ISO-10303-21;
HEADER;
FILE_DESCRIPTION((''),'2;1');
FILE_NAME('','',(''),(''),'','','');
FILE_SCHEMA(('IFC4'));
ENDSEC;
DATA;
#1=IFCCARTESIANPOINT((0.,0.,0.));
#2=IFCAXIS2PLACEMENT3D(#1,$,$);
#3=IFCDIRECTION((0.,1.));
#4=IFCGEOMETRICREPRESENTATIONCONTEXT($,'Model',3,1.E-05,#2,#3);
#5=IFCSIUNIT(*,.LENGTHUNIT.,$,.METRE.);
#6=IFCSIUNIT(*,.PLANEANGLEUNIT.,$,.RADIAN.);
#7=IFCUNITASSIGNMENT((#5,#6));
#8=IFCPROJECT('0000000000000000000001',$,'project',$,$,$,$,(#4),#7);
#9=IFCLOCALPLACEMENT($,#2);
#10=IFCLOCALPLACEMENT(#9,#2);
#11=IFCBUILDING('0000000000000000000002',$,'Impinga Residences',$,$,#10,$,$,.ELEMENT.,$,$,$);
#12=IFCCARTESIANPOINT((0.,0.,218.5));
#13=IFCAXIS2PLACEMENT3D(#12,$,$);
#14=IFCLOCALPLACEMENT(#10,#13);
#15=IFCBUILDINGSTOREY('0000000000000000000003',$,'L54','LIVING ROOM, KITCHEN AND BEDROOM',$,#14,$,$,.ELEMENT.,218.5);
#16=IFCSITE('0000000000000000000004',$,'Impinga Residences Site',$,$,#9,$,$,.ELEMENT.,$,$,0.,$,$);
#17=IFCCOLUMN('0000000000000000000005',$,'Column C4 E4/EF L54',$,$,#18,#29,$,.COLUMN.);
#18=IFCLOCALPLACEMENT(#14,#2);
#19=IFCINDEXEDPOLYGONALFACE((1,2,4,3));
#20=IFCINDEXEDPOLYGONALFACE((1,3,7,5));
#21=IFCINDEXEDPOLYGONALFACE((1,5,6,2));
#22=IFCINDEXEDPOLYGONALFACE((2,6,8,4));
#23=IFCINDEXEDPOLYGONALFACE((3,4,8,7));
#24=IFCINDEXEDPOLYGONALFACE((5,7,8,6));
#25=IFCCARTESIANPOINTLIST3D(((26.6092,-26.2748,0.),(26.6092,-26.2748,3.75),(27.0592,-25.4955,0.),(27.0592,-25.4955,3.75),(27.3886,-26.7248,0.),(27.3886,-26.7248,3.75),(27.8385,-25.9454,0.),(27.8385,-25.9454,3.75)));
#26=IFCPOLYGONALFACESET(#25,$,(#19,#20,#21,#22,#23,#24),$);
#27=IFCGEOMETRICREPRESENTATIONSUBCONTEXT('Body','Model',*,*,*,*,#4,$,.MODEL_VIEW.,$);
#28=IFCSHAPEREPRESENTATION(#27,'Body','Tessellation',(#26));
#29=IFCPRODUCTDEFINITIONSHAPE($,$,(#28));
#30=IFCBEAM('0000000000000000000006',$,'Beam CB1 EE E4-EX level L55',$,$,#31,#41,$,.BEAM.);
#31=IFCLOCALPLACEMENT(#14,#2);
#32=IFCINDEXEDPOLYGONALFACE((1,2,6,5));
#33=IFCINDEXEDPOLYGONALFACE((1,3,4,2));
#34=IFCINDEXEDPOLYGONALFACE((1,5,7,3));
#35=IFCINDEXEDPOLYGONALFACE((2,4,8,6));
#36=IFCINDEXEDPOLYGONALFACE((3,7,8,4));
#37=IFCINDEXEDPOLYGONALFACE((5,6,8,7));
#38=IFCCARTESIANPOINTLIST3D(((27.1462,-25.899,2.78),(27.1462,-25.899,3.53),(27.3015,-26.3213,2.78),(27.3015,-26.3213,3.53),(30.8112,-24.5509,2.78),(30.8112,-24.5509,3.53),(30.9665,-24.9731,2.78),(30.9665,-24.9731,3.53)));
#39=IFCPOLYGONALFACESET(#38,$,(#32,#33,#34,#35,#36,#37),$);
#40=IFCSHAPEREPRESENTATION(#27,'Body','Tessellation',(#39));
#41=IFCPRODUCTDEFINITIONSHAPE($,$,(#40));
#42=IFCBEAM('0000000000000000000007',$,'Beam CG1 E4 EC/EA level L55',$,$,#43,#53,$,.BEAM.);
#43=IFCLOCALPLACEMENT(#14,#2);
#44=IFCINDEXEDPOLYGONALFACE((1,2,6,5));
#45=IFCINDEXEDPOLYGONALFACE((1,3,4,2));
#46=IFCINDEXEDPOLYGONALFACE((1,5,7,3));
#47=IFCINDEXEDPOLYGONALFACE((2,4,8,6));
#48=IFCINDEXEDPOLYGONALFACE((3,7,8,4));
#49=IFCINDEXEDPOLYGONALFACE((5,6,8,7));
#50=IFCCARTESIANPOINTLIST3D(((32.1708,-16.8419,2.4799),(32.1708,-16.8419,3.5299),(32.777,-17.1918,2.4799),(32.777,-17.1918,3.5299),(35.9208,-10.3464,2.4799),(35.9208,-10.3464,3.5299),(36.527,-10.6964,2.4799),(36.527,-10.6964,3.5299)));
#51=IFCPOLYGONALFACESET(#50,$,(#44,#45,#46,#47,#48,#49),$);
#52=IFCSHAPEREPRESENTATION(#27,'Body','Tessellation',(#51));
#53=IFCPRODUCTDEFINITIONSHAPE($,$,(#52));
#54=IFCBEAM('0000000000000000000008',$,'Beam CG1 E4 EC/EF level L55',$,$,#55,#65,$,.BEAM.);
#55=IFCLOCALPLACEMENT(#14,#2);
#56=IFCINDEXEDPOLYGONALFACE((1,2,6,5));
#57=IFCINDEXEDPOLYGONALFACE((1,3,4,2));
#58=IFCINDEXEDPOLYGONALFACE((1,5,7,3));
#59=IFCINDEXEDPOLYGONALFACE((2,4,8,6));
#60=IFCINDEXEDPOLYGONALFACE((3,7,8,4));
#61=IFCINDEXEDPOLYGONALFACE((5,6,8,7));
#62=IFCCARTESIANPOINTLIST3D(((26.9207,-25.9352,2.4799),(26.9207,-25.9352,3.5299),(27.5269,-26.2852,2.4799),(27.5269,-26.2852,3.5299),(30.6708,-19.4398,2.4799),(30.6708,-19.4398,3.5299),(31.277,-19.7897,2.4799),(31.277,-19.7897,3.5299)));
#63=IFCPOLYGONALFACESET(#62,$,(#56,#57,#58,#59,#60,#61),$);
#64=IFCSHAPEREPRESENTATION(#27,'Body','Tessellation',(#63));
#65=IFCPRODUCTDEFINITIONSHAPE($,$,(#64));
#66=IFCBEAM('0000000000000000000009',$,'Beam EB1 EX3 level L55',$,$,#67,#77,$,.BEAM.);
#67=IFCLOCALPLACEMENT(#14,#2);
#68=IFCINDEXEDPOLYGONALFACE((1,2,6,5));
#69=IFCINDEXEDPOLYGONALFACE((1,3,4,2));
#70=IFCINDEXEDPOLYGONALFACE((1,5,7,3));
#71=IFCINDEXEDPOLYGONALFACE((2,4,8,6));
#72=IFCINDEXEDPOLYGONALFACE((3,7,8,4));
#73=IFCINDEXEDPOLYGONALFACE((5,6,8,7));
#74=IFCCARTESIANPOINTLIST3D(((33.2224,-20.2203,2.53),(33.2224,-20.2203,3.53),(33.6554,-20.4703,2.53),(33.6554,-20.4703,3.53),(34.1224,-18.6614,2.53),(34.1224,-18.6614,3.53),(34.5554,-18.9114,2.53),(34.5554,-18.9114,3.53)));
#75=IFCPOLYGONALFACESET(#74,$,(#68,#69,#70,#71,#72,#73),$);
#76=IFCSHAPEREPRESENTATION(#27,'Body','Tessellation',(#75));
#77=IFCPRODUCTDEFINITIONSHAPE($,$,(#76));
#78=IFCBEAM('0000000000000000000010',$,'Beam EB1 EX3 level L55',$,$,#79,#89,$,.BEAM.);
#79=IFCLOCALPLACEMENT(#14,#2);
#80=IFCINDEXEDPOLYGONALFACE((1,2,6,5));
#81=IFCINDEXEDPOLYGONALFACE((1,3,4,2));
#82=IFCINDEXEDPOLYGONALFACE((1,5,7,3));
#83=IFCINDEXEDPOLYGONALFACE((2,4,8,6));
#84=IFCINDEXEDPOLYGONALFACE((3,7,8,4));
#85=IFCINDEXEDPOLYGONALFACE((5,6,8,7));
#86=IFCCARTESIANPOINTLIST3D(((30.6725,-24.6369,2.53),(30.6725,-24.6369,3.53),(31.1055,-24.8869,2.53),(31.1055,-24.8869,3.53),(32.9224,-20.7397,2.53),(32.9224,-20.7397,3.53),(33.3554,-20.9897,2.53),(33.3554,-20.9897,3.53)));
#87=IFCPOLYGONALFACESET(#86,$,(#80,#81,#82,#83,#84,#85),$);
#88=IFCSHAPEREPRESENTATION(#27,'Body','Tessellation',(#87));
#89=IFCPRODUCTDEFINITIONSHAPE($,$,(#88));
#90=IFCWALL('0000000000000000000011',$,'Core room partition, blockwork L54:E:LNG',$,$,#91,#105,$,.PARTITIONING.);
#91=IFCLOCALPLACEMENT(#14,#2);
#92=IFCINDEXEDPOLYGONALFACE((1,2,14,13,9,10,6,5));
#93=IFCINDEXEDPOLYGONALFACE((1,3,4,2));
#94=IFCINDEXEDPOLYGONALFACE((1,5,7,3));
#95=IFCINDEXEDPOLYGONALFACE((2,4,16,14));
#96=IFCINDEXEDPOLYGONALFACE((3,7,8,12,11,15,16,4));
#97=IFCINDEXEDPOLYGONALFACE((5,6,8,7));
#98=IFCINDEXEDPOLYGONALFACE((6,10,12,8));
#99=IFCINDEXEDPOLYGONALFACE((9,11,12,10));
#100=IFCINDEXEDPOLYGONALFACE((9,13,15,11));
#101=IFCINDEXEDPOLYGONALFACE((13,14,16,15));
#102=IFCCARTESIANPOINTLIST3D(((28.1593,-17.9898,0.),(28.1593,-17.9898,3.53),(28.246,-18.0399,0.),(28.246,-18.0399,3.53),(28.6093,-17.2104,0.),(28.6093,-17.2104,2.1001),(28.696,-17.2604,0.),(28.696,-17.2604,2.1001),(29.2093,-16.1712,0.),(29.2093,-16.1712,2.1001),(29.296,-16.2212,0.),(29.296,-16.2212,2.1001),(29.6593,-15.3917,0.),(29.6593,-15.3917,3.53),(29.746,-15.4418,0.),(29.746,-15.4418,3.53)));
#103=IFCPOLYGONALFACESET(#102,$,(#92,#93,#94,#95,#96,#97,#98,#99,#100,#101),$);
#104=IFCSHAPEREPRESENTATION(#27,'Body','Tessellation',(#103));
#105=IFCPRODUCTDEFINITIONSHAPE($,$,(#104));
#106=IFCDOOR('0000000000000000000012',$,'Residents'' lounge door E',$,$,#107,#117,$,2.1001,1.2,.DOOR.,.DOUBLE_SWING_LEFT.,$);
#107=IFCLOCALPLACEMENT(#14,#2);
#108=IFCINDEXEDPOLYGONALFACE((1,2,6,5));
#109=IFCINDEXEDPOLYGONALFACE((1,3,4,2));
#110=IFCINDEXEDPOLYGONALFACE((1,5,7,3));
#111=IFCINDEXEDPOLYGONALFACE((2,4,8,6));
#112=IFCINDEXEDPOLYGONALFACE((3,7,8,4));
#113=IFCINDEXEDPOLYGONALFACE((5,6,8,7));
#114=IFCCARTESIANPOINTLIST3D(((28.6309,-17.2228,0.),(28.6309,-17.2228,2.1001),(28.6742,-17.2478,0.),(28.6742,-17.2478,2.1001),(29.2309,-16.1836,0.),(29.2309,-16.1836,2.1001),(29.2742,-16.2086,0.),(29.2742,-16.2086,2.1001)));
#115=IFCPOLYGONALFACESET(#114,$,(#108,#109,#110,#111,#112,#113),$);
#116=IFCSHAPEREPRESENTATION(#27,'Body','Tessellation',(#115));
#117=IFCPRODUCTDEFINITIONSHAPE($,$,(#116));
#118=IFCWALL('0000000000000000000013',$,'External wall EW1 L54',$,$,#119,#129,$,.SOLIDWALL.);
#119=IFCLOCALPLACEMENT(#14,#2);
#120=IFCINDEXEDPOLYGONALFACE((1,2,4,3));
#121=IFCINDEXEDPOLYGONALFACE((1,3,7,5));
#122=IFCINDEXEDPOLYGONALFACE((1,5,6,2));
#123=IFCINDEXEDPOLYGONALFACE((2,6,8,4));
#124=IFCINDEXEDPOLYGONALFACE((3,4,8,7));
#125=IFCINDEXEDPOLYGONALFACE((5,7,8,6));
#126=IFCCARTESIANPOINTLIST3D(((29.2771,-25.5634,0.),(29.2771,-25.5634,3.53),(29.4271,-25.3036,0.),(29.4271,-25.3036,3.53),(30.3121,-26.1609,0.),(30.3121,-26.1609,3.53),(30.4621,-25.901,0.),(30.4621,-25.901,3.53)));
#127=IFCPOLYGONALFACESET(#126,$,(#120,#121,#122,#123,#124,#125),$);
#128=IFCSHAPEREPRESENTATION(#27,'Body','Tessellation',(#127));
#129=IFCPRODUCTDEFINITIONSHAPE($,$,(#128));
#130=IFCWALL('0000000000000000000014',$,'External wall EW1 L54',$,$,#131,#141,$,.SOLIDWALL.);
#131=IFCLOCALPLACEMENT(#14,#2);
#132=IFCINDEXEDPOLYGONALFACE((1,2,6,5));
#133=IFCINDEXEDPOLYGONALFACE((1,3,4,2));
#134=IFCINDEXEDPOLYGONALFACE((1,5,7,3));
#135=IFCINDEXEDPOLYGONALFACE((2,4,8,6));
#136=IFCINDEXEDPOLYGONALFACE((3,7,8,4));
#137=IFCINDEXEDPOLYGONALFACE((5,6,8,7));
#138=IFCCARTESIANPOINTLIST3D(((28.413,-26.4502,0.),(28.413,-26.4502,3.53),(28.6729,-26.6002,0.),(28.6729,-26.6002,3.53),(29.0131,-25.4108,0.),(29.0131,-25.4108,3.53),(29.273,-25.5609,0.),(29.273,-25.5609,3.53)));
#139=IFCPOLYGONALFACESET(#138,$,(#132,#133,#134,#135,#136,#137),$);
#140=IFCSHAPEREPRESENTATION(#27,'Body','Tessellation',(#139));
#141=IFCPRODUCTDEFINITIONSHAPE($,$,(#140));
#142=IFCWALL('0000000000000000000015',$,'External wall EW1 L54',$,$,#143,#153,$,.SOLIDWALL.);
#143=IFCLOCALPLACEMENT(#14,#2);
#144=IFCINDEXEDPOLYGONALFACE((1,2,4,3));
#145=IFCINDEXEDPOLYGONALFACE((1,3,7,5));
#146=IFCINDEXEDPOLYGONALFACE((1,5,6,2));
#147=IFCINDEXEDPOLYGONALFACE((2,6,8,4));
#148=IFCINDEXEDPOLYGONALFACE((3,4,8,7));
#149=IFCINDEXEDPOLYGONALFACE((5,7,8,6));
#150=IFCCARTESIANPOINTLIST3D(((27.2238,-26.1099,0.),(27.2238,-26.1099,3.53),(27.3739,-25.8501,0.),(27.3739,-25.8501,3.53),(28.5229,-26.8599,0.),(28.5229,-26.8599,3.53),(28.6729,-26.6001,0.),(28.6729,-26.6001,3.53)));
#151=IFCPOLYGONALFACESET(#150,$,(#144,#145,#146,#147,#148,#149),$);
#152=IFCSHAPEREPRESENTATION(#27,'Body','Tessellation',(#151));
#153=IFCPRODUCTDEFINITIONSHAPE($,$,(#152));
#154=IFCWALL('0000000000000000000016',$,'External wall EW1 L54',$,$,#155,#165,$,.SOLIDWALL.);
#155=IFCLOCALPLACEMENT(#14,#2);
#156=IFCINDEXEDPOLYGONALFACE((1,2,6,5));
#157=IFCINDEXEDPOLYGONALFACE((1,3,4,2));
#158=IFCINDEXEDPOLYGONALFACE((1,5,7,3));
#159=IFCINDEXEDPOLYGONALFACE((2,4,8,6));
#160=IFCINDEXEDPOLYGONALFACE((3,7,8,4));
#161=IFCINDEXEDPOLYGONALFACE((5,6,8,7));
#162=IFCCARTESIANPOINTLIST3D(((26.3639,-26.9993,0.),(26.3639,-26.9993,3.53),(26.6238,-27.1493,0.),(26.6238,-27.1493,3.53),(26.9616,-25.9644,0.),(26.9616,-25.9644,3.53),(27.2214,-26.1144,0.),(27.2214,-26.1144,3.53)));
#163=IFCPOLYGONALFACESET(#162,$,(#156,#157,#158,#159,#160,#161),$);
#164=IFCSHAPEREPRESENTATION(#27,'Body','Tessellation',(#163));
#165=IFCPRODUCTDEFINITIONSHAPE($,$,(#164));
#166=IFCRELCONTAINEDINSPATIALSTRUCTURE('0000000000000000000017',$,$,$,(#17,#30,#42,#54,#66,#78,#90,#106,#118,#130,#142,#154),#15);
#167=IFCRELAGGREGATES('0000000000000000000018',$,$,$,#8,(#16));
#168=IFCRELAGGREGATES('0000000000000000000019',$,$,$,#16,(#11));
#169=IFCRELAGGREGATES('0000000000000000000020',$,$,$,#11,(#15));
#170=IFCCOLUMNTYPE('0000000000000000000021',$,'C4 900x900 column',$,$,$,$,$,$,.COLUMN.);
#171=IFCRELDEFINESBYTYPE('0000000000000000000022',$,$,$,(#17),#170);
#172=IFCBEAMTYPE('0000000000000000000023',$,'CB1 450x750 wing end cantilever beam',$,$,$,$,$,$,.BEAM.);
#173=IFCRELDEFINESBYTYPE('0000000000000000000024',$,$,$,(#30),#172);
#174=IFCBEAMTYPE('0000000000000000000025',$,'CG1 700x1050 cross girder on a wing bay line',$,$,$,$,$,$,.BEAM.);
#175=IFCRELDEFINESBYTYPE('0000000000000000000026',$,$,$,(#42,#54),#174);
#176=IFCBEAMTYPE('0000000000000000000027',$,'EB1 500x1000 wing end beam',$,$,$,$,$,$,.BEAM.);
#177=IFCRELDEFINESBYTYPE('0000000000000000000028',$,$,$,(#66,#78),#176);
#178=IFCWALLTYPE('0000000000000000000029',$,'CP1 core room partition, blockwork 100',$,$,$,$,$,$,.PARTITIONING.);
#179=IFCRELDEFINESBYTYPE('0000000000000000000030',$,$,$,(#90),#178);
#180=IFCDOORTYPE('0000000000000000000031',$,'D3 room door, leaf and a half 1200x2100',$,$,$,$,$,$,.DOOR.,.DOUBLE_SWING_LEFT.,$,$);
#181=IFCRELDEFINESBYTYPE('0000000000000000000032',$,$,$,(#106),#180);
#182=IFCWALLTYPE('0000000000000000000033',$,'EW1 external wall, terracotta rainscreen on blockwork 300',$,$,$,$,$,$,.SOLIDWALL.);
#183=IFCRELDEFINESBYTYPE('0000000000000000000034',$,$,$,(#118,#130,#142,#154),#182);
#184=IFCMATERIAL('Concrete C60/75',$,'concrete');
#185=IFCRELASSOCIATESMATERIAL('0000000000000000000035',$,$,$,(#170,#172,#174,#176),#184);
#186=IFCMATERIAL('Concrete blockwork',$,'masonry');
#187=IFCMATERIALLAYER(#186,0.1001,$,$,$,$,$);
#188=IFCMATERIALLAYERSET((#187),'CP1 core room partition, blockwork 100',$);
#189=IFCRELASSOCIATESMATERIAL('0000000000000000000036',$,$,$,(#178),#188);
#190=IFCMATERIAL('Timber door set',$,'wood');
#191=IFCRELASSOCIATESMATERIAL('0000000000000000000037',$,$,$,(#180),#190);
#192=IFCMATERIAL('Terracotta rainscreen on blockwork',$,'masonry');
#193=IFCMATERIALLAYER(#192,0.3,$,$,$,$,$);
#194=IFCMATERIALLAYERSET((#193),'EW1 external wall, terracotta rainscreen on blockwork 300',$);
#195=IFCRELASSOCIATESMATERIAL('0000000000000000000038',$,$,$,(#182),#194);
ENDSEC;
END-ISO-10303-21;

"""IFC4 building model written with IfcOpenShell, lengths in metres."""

from ifc_helpers import new_model, si_unit, direction, frame, frame_2d, origin, origin_2d, place, context, subcontext, project, spatial, rectangle, extrude, material, layer, layer_set, material_profile, profile_set, type_object, element, fill, save


model = new_model("IFC4")

# Units and contexts
model_context = context("Model", 3, precision=1e-05, world=origin(), true_north=direction((0.0, 1.0)))
body_context = subcontext(model_context, "Body", "Model", "MODEL_VIEW")
ifc_project = project(units=[si_unit("LENGTHUNIT", "METRE"), si_unit("PLANEANGLEUNIT", "RADIAN")], contexts=[model_context])

# Site, building, storey
site_placement = place(None, origin())
site = spatial("IfcSite", under=ifc_project, at=site_placement, Name="Impinga Residences Site", CompositionType="ELEMENT", RefElevation=0.0)
building_placement = place(site_placement, origin())
building = spatial("IfcBuilding", under=site, at=building_placement, Name="Impinga Residences", CompositionType="ELEMENT")
storey_placement = place(building_placement, frame((0.0, 0.0, 218.5)))
storey = spatial("IfcBuildingStorey", under=building, at=storey_placement, Name="L54", Description="LIVING ROOM, KITCHEN AND BEDROOM", CompositionType="ELEMENT", Elevation=218.5)

# Column
ifc_material_1 = material(Name="Concrete C60/75", Category="concrete")
ifc_material_profile_1 = material_profile(ifc_material_1, rectangle(XDim=0.8999, YDim=0.8999, at=origin_2d()), Name="RC 900x900")
ifc_profile_set_1 = profile_set([ifc_material_profile_1], Name="Concrete C60/75")
column_type = type_object("IfcColumnType", Name="C4 900x900 column", PredefinedType="COLUMN", material=ifc_profile_set_1)
column_placement = place(storey_placement, frame((27.2239, -26.1101, 0.0), z_axis=(0.0, 0.0, 1.0), x_axis=(-0.5, -0.866025, 0.0)))
element("IfcColumn", 1, at=column_placement, inside=storey, type_object=column_type, Name="Column C4 E4/EF L54", PredefinedType="COLUMN", context=body_context, shape_type="SweptSolid", body=[
    extrude(rectangle(XDim=0.8999, YDim=0.8999, at=origin_2d()), origin(), (0.0, 0.0, 1.0), 3.75),
])

# Beams
ifc_material_profile_2 = material_profile(ifc_material_1, rectangle(XDim=0.45, YDim=0.75, at=origin_2d()), Name="RC 450x750")
ifc_profile_set_2 = profile_set([ifc_material_profile_2], Name="Concrete C60/75")
beam_type_1 = type_object("IfcBeamType", Name="CB1 450x750 wing end cantilever beam", PredefinedType="BEAM", material=ifc_profile_set_2)
beam_1_placement = place(storey_placement, frame((27.2239, -26.1101, 3.155), z_axis=(0.93852, 0.345224, 0.0), x_axis=(-0.345224, 0.93852, 0.0)))
element("IfcBeam", 2, at=beam_1_placement, inside=storey, type_object=beam_type_1, Name="Beam CB1 EE E4-EX level L55", PredefinedType="BEAM", context=body_context, shape_type="SweptSolid", body=[
    extrude(rectangle(XDim=0.45, YDim=0.75, at=origin_2d()), origin(), (0.0, 0.0, 1.0), 3.905),
])
ifc_material_profile_3 = material_profile(ifc_material_1, rectangle(XDim=0.7, YDim=1.05, at=origin_2d()), Name="RC 700x1050")
ifc_profile_set_3 = profile_set([ifc_material_profile_3], Name="Concrete C60/75")
beam_type_2 = type_object("IfcBeamType", Name="CG1 700x1050 cross girder on a wing bay line", PredefinedType="BEAM", material=ifc_profile_set_3)
for number, where, z_axis, x_axis, name in (
    (3, (32.4739, -17.0168, 3.0049), (0.49999, 0.866031, 0.0), (-0.866031, 0.49999, 0.0), "Beam CG1 E4 EC/EA level L55"),
    (4, (30.9739, -19.6147, 3.0049), (-0.49999, -0.866031, 0.0), (0.866031, -0.49999, 0.0), "Beam CG1 E4 EC/EF level L55"),
):
    element("IfcBeam", number, at=place(storey_placement, frame(where, z_axis=z_axis, x_axis=x_axis)), inside=storey, type_object=beam_type_2, Name=name, PredefinedType="BEAM", context=body_context, shape_type="SweptSolid", body=[
        extrude(rectangle(XDim=0.7, YDim=1.05, at=origin_2d()), origin(), (0.0, 0.0, 1.0), 7.5002),
    ])
ifc_material_profile_4 = material_profile(ifc_material_1, rectangle(XDim=0.5, YDim=1.0, at=origin_2d()), Name="RC 500x1000")
ifc_profile_set_4 = profile_set([ifc_material_profile_4], Name="Concrete C60/75")
beam_type_3 = type_object("IfcBeamType", Name="EB1 500x1000 wing end beam", PredefinedType="BEAM", material=ifc_profile_set_4)
beam_2_placement = place(storey_placement, frame((34.3389, -18.7864, 3.03), z_axis=(-0.499961, -0.866048, 0.0), x_axis=(0.866048, -0.499961, 0.0)))
element("IfcBeam", 5, at=beam_2_placement, inside=storey, type_object=beam_type_3, Name="Beam EB1 EX3 level L55", PredefinedType="BEAM", context=body_context, shape_type="SweptSolid", body=[
    extrude(rectangle(XDim=0.5, YDim=1.0, at=origin_2d()), origin(), (0.0, 0.0, 1.0), 1.8),
])
beam_3_placement = place(storey_placement, frame((33.1389, -20.8647, 3.03), z_axis=(-0.49999, -0.866031, 0.0), x_axis=(0.866031, -0.49999, 0.0)))
element("IfcBeam", 6, at=beam_3_placement, inside=storey, type_object=beam_type_3, Name="Beam EB1 EX3 level L55", PredefinedType="BEAM", context=body_context, shape_type="SweptSolid", body=[
    extrude(rectangle(XDim=0.5, YDim=1.0, at=origin_2d()), origin(), (0.0, 0.0, 1.0), 4.5),
])

# Wall, opening, door
ifc_material_2 = material(Name="Concrete blockwork", Category="masonry")
ifc_layer_1 = layer(ifc_material_2, 0.1001)
ifc_layer_set_1 = layer_set([ifc_layer_1], Name="CP1 core room partition, blockwork 100")
wall_type_1 = type_object("IfcWallType", Name="CP1 core room partition, blockwork 100", PredefinedType="PARTITIONING", material=ifc_layer_set_1)
wall_1_placement = place(storey_placement, frame((29.7026, -15.4167, 0.0), z_axis=(0.0, 0.0, 1.0), x_axis=(-0.49999, -0.866031, 0.0)))
wall_1 = element("IfcWall", 7, at=wall_1_placement, inside=storey, type_object=wall_type_1, Name="Core room partition, blockwork L54:E:LNG", PredefinedType="PARTITIONING", context=body_context, shape_type="SweptSolid", body=[
    extrude(rectangle(XDim=3.0, YDim=0.1001, at=frame_2d((1.5, 0.0))), origin(), (0.0, 0.0, 1.0), 3.53),
])
opening_1_placement = place(wall_1_placement, frame((0.8999, 0.0, 0.0)))
opening_1 = element("IfcOpeningElement", 8, at=opening_1_placement, cuts=wall_1, PredefinedType="OPENING", context=body_context, shape_type="SweptSolid", body=[
    extrude(rectangle(XDim=1.2, YDim=2.1001, at=frame_2d((0.6001, 1.05))), frame((0.0, 0.0601, 0.0), z_axis=(0.0, -1.0, 0.0), x_axis=(1.0, 0.0, 0.0)), (0.0, 0.0, 1.0), 0.1201),
])
ifc_material_3 = material(Name="Timber door set", Category="wood")
door_type_1 = type_object("IfcDoorType", Name="D3 room door, leaf and a half 1200x2100", OperationType="DOUBLE_SWING_LEFT", PredefinedType="DOOR", material=ifc_material_3)
door_1_placement = place(opening_1_placement, origin())
door_1 = element("IfcDoor", 9, at=door_1_placement, inside=storey, type_object=door_type_1, Name="Residents' lounge door E", OperationType="DOUBLE_SWING_LEFT", OverallHeight=2.1001, OverallWidth=1.2, PredefinedType="DOOR", context=body_context, shape_type="SweptSolid", body=[
    extrude(rectangle(XDim=1.2, YDim=2.1001, at=frame_2d((0.6001, 1.05))), frame((0.0, 0.0249, 0.0), z_axis=(0.0, -1.0, 0.0), x_axis=(1.0, 0.0, 0.0)), (0.0, 0.0, 1.0), 0.05),
])
fill(opening_1, door_1)

# Walls
ifc_material_4 = material(Name="Terracotta rainscreen on blockwork", Category="masonry")
ifc_layer_2 = layer(ifc_material_4, 0.3)
ifc_layer_set_2 = layer_set([ifc_layer_2], Name="EW1 external wall, terracotta rainscreen on blockwork 300")
wall_type_2 = type_object("IfcWallType", Name="EW1 external wall, terracotta rainscreen on blockwork 300", PredefinedType="SOLIDWALL", material=ifc_layer_set_2)
wall_2_placement = place(storey_placement, frame((30.3872, -26.031, 0.0), z_axis=(0.0, 0.0, 1.0), x_axis=(-0.86606, 0.499941, 0.0)))
element("IfcWall", 10, at=wall_2_placement, inside=storey, type_object=wall_type_2, Name="External wall EW1 L54", PredefinedType="SOLIDWALL", context=body_context, shape_type="SweptSolid", body=[
    extrude(rectangle(XDim=1.1951, YDim=0.3, at=frame_2d((0.5977, 0.0))), origin(), (0.0, 0.0, 1.0), 3.53),
])
wall_3_placement = place(storey_placement, frame((29.1431, -25.4858, 0.0), z_axis=(0.0, 0.0, 1.0), x_axis=(-0.500034, -0.866006, 0.0)))
element("IfcWall", 11, at=wall_3_placement, inside=storey, type_object=wall_type_2, Name="External wall EW1 L54", PredefinedType="SOLIDWALL", context=body_context, shape_type="SweptSolid", body=[
    extrude(rectangle(XDim=1.2002, YDim=0.3, at=frame_2d((0.6001, 0.0))), origin(), (0.0, 0.0, 1.0), 3.53),
])
wall_4_placement = place(storey_placement, frame((28.5979, -26.73, 0.0), z_axis=(0.0, 0.0, 1.0), x_axis=(-0.866031, 0.49999, 0.0)))
element("IfcWall", 12, at=wall_4_placement, inside=storey, type_object=wall_type_2, Name="External wall EW1 L54", PredefinedType="SOLIDWALL", context=body_context, shape_type="SweptSolid", body=[
    extrude(rectangle(XDim=1.5, YDim=0.3, at=frame_2d((0.75, 0.0))), origin(), (0.0, 0.0, 1.0), 3.53),
])
wall_5_placement = place(storey_placement, frame((27.0916, -26.0393, 0.0), z_axis=(0.0, 0.0, 1.0), x_axis=(-0.500094, -0.865971, 0.0)))
element("IfcWall", 13, at=wall_5_placement, inside=storey, type_object=wall_type_2, Name="External wall EW1 L54", PredefinedType="SOLIDWALL", context=body_context, shape_type="SweptSolid", body=[
    extrude(rectangle(XDim=1.1951, YDim=0.3, at=frame_2d((0.5977, 0.0))), origin(), (0.0, 0.0, 1.0), 3.53),
])

save(model, "model.ifc")
